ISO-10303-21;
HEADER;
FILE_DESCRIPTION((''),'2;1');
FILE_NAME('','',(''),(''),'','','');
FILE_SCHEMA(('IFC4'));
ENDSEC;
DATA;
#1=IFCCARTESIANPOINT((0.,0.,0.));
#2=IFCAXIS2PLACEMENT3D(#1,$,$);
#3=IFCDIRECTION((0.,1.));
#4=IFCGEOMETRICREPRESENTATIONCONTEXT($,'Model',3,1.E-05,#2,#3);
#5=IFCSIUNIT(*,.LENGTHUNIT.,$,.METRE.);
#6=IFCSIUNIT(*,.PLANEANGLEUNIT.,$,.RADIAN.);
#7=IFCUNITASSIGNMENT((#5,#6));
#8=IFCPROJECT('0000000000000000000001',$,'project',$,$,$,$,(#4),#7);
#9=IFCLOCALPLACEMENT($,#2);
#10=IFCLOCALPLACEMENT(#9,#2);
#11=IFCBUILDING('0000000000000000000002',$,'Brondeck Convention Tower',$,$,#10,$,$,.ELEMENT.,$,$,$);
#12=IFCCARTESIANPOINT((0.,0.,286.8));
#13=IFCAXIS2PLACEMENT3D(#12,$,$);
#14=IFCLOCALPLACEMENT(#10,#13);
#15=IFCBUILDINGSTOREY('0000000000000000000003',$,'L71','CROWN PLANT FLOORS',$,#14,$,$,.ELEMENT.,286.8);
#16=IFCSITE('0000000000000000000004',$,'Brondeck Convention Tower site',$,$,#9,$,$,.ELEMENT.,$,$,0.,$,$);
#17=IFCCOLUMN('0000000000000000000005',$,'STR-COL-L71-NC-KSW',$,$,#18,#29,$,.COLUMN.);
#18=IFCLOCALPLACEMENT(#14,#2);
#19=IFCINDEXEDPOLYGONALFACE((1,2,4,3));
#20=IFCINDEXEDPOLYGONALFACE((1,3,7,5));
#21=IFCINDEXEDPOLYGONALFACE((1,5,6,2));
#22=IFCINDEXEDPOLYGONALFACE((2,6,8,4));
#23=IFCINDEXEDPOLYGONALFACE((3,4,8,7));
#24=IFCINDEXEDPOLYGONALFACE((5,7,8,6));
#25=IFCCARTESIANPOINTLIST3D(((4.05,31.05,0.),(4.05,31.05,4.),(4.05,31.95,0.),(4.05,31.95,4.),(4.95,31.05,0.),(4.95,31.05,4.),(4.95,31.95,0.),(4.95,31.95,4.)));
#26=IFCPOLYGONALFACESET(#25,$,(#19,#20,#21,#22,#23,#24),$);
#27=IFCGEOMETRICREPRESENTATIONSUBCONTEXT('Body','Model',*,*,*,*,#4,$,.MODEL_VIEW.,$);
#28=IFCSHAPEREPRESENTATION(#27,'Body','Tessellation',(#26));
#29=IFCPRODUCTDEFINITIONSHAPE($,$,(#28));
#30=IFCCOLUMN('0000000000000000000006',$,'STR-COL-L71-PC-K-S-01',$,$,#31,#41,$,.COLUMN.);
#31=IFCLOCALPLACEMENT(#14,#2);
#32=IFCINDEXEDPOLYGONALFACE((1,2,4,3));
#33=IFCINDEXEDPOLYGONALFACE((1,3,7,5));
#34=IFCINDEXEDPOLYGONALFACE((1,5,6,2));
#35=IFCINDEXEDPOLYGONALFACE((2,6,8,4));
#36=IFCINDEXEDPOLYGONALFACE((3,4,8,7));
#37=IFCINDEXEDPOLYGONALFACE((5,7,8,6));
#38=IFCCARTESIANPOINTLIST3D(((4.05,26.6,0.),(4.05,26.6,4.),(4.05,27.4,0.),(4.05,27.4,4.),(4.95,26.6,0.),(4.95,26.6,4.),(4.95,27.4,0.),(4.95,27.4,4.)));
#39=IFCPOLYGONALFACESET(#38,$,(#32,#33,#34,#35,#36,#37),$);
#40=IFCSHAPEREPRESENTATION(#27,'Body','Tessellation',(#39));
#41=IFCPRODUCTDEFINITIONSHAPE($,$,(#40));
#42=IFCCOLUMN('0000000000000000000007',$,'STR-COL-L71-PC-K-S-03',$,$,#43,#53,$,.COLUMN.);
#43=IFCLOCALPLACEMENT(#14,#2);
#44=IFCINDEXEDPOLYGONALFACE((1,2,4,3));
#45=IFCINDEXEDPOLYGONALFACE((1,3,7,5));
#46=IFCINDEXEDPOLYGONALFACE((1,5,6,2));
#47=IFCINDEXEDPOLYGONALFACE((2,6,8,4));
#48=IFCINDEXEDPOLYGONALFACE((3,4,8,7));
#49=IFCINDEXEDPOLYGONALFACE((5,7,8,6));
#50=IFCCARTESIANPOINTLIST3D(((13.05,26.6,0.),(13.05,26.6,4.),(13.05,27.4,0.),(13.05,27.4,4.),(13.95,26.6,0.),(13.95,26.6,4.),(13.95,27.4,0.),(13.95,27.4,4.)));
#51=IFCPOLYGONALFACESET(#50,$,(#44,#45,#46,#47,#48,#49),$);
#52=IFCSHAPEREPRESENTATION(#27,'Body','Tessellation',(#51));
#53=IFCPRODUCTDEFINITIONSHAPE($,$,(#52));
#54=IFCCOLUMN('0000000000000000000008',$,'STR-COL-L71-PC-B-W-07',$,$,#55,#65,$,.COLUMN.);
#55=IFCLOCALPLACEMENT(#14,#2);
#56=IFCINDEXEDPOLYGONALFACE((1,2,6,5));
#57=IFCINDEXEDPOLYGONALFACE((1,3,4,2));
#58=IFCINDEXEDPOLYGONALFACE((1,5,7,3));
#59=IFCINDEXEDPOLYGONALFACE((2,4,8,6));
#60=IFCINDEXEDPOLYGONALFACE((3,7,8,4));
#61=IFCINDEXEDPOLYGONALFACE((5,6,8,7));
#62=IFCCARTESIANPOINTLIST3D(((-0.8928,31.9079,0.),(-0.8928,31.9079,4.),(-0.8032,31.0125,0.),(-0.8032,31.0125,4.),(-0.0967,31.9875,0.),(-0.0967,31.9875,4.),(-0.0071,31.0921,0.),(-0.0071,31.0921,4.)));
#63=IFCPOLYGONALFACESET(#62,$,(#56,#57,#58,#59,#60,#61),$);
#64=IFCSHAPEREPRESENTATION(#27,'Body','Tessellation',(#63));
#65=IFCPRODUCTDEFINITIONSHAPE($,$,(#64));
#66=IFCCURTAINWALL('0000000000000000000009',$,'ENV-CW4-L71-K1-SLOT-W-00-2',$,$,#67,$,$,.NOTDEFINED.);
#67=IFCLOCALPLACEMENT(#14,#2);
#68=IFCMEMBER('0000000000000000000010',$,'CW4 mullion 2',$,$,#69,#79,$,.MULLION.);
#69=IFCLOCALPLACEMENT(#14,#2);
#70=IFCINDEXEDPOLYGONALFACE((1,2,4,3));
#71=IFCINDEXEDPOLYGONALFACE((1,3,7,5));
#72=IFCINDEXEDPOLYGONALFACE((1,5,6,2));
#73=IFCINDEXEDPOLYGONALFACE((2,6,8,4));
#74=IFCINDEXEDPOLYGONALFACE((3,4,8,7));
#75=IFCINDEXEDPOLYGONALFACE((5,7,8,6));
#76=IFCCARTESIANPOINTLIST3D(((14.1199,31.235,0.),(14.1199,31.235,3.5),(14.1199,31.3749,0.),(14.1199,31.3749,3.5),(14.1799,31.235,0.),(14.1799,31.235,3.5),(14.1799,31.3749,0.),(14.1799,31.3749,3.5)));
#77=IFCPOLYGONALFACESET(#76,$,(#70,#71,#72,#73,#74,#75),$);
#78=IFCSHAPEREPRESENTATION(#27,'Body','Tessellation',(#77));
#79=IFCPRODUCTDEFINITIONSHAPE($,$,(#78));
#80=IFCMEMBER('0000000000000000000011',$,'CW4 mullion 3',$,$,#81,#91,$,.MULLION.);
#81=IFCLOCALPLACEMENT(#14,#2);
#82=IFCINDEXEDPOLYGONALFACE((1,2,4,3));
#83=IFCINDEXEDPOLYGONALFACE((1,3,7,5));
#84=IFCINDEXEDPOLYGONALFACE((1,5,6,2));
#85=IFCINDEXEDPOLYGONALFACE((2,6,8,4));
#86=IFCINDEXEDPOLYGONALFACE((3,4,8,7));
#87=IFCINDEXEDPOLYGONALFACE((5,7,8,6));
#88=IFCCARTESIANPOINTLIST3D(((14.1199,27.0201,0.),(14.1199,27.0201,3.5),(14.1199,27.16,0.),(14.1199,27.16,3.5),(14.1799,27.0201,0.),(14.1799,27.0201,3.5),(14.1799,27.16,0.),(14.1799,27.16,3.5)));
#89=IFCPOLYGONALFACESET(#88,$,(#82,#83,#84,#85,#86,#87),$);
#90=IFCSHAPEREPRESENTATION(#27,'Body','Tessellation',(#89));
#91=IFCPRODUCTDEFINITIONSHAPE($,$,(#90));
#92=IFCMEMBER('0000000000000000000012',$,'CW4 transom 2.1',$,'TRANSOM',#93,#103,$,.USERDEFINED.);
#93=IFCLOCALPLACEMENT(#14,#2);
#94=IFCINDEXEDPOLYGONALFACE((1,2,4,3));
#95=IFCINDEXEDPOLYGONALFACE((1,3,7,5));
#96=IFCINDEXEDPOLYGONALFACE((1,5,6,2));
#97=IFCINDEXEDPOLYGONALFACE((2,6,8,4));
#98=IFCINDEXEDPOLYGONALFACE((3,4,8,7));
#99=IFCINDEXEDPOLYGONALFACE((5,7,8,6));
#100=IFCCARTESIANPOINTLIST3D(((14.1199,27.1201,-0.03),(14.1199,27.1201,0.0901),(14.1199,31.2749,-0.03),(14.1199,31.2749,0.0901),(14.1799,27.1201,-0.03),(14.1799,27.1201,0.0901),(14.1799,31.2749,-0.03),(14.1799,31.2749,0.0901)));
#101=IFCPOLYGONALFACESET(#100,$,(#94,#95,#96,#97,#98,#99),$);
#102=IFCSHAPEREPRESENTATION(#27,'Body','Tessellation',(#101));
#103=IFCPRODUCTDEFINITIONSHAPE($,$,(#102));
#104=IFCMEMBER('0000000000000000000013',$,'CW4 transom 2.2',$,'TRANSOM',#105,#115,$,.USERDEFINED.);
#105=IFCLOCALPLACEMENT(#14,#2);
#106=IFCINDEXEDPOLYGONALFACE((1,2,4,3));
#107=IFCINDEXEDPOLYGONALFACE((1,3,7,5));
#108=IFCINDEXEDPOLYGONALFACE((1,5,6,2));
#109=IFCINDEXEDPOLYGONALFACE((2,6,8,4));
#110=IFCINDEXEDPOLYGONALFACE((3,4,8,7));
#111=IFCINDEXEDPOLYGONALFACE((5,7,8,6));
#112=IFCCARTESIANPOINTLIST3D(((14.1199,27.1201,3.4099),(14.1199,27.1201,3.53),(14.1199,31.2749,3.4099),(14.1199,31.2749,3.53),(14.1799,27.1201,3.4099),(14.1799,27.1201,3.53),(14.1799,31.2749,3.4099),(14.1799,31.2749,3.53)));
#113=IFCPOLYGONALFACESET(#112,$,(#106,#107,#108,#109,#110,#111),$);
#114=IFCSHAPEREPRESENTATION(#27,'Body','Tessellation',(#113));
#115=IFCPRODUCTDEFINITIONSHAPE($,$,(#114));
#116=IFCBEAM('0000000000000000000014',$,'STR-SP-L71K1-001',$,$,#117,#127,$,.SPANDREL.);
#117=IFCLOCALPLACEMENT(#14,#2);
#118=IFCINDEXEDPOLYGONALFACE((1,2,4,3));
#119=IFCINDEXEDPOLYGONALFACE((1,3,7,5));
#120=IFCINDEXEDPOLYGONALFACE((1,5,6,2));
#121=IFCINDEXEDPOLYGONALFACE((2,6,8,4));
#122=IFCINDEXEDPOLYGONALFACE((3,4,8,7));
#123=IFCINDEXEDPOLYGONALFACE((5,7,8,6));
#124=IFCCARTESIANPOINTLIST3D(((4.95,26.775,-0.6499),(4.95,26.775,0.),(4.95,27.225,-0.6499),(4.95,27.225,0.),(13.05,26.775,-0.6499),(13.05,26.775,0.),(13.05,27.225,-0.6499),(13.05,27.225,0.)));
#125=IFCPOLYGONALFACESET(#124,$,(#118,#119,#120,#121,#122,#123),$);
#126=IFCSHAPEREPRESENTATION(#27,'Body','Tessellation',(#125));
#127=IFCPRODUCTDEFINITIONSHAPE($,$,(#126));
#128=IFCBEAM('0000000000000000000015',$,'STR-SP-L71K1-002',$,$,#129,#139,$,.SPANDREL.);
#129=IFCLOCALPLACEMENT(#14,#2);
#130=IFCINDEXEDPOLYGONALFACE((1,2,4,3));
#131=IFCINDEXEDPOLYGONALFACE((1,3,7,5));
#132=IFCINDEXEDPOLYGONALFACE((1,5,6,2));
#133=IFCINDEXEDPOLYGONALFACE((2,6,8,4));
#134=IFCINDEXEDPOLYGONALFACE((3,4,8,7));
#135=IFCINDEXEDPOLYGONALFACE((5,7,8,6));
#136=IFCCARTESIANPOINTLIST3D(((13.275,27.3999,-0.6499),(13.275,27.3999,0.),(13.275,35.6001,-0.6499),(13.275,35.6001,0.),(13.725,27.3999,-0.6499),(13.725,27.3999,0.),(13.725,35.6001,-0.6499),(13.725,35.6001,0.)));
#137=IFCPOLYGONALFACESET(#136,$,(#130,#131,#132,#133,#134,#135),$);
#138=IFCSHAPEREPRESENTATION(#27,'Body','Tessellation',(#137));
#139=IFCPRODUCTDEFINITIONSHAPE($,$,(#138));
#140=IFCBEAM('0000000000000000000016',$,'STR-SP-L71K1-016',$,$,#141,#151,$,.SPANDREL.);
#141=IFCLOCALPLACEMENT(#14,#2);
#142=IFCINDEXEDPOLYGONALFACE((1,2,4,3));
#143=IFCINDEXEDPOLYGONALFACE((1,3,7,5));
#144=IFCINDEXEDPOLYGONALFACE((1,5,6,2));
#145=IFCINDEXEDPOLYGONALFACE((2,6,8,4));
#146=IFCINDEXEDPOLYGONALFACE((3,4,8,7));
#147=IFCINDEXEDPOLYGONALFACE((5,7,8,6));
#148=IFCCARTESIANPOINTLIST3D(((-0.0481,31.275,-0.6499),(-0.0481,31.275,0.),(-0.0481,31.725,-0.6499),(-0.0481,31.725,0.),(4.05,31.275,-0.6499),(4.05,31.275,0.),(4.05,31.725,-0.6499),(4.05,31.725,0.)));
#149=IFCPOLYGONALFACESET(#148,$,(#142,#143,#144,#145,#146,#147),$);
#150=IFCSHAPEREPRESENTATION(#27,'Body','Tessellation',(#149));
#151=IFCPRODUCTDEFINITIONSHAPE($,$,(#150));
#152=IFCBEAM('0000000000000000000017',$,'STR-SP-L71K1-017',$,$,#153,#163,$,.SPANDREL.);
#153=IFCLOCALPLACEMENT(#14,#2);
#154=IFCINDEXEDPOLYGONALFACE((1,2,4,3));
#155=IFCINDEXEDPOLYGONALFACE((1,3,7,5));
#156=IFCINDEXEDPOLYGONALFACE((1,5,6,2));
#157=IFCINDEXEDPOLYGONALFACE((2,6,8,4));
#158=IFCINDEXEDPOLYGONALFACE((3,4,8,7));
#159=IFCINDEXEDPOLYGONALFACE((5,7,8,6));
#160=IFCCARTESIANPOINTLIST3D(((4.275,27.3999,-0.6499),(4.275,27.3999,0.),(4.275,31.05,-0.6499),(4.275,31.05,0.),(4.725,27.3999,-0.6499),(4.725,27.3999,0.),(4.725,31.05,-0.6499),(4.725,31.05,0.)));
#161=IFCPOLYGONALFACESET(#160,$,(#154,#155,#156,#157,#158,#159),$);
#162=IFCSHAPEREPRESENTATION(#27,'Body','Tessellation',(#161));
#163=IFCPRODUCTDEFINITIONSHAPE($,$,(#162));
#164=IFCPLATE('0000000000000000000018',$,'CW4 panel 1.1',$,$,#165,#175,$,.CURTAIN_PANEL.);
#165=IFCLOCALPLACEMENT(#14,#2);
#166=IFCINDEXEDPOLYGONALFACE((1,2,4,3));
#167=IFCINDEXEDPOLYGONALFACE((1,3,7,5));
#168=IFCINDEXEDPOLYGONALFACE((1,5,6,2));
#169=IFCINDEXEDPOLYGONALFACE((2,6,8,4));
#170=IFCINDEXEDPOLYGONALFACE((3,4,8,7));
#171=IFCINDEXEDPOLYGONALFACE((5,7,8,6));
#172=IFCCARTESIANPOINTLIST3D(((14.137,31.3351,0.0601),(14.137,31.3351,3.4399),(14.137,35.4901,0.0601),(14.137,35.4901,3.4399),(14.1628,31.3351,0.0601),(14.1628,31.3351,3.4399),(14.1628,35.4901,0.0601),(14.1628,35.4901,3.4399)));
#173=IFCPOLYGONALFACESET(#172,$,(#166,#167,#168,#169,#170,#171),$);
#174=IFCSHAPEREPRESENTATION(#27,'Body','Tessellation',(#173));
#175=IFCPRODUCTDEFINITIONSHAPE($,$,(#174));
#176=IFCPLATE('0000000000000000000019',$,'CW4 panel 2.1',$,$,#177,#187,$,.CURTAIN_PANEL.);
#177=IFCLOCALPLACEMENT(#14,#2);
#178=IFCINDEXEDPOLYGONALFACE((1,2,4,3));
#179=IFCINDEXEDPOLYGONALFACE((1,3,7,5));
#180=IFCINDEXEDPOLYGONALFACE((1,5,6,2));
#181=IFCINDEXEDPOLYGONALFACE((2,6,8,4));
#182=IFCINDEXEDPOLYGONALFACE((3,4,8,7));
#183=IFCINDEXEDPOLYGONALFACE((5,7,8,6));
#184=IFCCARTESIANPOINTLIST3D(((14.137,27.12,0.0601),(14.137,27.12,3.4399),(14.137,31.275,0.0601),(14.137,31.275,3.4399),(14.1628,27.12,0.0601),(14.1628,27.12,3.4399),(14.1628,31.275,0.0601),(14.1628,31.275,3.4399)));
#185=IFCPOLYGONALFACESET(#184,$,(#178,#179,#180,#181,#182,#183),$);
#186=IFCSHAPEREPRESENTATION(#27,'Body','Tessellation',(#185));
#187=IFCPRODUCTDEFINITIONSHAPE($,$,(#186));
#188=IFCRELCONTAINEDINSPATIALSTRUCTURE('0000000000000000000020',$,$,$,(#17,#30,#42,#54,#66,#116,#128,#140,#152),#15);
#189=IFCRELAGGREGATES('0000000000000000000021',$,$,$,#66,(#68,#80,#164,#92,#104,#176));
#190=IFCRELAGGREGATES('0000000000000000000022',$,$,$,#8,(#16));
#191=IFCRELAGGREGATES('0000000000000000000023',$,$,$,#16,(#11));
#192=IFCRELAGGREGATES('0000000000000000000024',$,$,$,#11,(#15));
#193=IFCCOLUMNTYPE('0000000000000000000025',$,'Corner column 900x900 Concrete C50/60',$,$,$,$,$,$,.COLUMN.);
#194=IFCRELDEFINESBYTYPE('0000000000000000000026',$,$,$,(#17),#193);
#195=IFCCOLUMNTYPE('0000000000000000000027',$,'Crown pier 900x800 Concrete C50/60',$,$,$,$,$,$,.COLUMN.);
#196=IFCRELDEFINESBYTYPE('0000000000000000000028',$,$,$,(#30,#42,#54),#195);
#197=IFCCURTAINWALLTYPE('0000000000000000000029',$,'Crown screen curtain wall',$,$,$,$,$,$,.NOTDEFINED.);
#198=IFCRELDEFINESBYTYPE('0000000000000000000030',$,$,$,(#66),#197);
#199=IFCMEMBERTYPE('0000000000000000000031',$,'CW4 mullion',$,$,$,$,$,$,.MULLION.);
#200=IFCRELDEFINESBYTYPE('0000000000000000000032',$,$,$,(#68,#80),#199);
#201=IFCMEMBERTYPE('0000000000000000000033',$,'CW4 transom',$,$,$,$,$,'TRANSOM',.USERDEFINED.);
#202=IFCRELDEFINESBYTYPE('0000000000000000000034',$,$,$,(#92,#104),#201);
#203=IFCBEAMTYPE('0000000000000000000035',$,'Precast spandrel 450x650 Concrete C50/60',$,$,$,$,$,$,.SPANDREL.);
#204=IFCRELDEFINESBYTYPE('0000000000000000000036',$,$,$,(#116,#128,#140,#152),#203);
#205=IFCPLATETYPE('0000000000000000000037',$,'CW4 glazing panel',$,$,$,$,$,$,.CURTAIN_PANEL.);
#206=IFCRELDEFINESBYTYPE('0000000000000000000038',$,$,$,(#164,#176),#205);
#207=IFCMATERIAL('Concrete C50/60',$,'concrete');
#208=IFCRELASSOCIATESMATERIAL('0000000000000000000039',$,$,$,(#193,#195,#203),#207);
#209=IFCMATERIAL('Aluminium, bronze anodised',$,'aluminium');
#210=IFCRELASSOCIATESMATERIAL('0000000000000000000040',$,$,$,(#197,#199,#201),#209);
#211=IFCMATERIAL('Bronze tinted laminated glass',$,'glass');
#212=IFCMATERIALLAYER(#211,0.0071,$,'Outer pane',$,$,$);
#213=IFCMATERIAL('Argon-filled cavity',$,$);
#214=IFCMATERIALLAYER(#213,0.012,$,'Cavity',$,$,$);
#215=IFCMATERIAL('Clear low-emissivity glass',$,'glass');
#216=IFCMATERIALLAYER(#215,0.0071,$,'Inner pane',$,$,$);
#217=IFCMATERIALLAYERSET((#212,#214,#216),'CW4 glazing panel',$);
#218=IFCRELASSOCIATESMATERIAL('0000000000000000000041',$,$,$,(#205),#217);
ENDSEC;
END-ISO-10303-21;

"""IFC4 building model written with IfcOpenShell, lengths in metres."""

from ifc_helpers import new_model, si_unit, direction, frame, origin, origin_2d, place, context, subcontext, project, spatial, rectangle, extrude, material, layer, layer_set, material_profile, profile_set, type_object, element, aggregate, save


model = new_model("IFC4")

# Units and contexts
model_context = context("Model", 3, precision=1e-05, world=origin(), true_north=direction((0.0, 1.0)))
body_context = subcontext(model_context, "Body", "Model", "MODEL_VIEW")
ifc_project = project(units=[si_unit("LENGTHUNIT", "METRE"), si_unit("PLANEANGLEUNIT", "RADIAN")], contexts=[model_context])

# Site, building, storey
site_placement = place(None, origin())
site = spatial("IfcSite", under=ifc_project, at=site_placement, Name="Brondeck Convention Tower site", CompositionType="ELEMENT", RefElevation=0.0)
building_placement = place(site_placement, origin())
building = spatial("IfcBuilding", under=site, at=building_placement, Name="Brondeck Convention Tower", CompositionType="ELEMENT")
storey_placement = place(building_placement, frame((0.0, 0.0, 286.8)))
storey = spatial("IfcBuildingStorey", under=building, at=storey_placement, Name="L71", Description="CROWN PLANT FLOORS", CompositionType="ELEMENT", Elevation=286.8)

# Columns
ifc_material_1 = material(Name="Concrete C50/60", Category="concrete")
ifc_material_profile_1 = material_profile(ifc_material_1, rectangle(XDim=0.8999, YDim=0.8999, at=origin_2d()), Name="Corner column 900x900 Concrete C50/60")
ifc_profile_set_1 = profile_set([ifc_material_profile_1], Name="Concrete C50/60")
column_type_1 = type_object("IfcColumnType", Name="Corner column 900x900 Concrete C50/60", PredefinedType="COLUMN", material=ifc_profile_set_1)
column_placement = place(storey_placement, frame((4.5, 31.5, 0.0), z_axis=(0.0, 0.0, 1.0), x_axis=(1.0, 0.0, 0.0)))
element("IfcColumn", 1, at=column_placement, inside=storey, type_object=column_type_1, Name="STR-COL-L71-NC-KSW", PredefinedType="COLUMN", context=body_context, shape_type="SweptSolid", body=[
    extrude(rectangle(XDim=0.8999, YDim=0.8999, at=origin_2d()), origin(), (0.0, 0.0, 1.0), 4.0),
])
ifc_material_profile_2 = material_profile(ifc_material_1, rectangle(XDim=0.8999, YDim=0.8, at=origin_2d()), Name="Crown pier 900x800 Concrete C50/60")
ifc_profile_set_2 = profile_set([ifc_material_profile_2], Name="Concrete C50/60")
column_type_2 = type_object("IfcColumnType", Name="Crown pier 900x800 Concrete C50/60", PredefinedType="COLUMN", material=ifc_profile_set_2)
for number, where, z_axis, x_axis, name in (
    (2, (4.5, 27.0, 0.0), (0.0, 0.0, 1.0), (1.0, 0.0, 0.0), "STR-COL-L71-PC-K-S-01"),
    (3, (13.5, 27.0, 0.0), (0.0, 0.0, 1.0), (1.0, 0.0, 0.0), "STR-COL-L71-PC-K-S-03"),
    (4, (-0.45, 31.5, 0.0), (0.0, 0.0, 1.0), (0.099504, -0.995037, 0.0), "STR-COL-L71-PC-B-W-07"),
):
    element("IfcColumn", number, at=place(storey_placement, frame(where, z_axis=z_axis, x_axis=x_axis)), inside=storey, type_object=column_type_2, Name=name, PredefinedType="COLUMN", context=body_context, shape_type="SweptSolid", body=[
        extrude(rectangle(XDim=0.8999, YDim=0.8, at=origin_2d()), origin(), (0.0, 0.0, 1.0), 4.0),
    ])

# Curtain wall, members
ifc_material_2 = material(Name="Aluminium, bronze anodised", Category="aluminium")
curtain_wall_type = type_object("IfcCurtainWallType", Name="Crown screen curtain wall", PredefinedType="NOTDEFINED", material=ifc_material_2)
curtain_wall_placement = place(storey_placement, origin())
curtain_wall = element("IfcCurtainWall", 5, at=curtain_wall_placement, inside=storey, type_object=curtain_wall_type, Name="ENV-CW4-L71-K1-SLOT-W-00-2", PredefinedType="NOTDEFINED")
ifc_material_profile_3 = material_profile(ifc_material_2, rectangle(XDim=0.0601, YDim=0.1399, at=origin_2d()), Name="CW4 mullion")
ifc_profile_set_3 = profile_set([ifc_material_profile_3], Name="Aluminium, bronze anodised")
member_type_1 = type_object("IfcMemberType", Name="CW4 mullion", PredefinedType="MULLION", material=ifc_profile_set_3)
member_1_placement = place(storey_placement, frame((14.1499, 31.3049, 0.0), z_axis=(0.0, 0.0, 1.0), x_axis=(1.0, 0.0, 0.0)))
member_1 = element("IfcMember", 6, at=member_1_placement, type_object=member_type_1, Name="CW4 mullion 2", PredefinedType="MULLION", context=body_context, shape_type="SweptSolid", body=[
    extrude(rectangle(XDim=0.0601, YDim=0.1399, at=origin_2d()), origin(), (0.0, 0.0, 1.0), 3.5),
])
member_2_placement = place(storey_placement, frame((14.1499, 27.0901, 0.0), z_axis=(0.0, 0.0, 1.0), x_axis=(1.0, 0.0, 0.0)))
member_2 = element("IfcMember", 7, at=member_2_placement, type_object=member_type_1, Name="CW4 mullion 3", PredefinedType="MULLION", context=body_context, shape_type="SweptSolid", body=[
    extrude(rectangle(XDim=0.0601, YDim=0.1399, at=origin_2d()), origin(), (0.0, 0.0, 1.0), 3.5),
])
ifc_material_profile_4 = material_profile(ifc_material_2, rectangle(XDim=0.0601, YDim=0.1201, at=origin_2d()), Name="CW4 transom")
ifc_profile_set_4 = profile_set([ifc_material_profile_4], Name="Aluminium, bronze anodised")
member_type_2 = type_object("IfcMemberType", Name="CW4 transom", ElementType="TRANSOM", PredefinedType="USERDEFINED", material=ifc_profile_set_4)
member_3_placement = place(storey_placement, frame((14.1499, 31.2749, 0.03), z_axis=(0.0, -1.0, 0.0), x_axis=(1.0, 0.0, 0.0)))
member_3 = element("IfcMember", 8, at=member_3_placement, type_object=member_type_2, Name="CW4 transom 2.1", ObjectType="TRANSOM", PredefinedType="USERDEFINED", context=body_context, shape_type="SweptSolid", body=[
    extrude(rectangle(XDim=0.0601, YDim=0.1201, at=origin_2d()), origin(), (0.0, 0.0, 1.0), 4.1548),
])
member_4_placement = place(storey_placement, frame((14.1499, 31.2749, 3.47), z_axis=(0.0, -1.0, 0.0), x_axis=(1.0, 0.0, 0.0)))
member_4 = element("IfcMember", 9, at=member_4_placement, type_object=member_type_2, Name="CW4 transom 2.2", ObjectType="TRANSOM", PredefinedType="USERDEFINED", context=body_context, shape_type="SweptSolid", body=[
    extrude(rectangle(XDim=0.0601, YDim=0.1201, at=origin_2d()), origin(), (0.0, 0.0, 1.0), 4.1548),
])

# Beams
ifc_material_profile_5 = material_profile(ifc_material_1, rectangle(XDim=0.45, YDim=0.6499, at=origin_2d()), Name="Precast spandrel 450x650 Concrete C50/60")
ifc_profile_set_5 = profile_set([ifc_material_profile_5], Name="Concrete C50/60")
beam_type = type_object("IfcBeamType", Name="Precast spandrel 450x650 Concrete C50/60", PredefinedType="SPANDREL", material=ifc_profile_set_5)
beam_1_placement = place(storey_placement, frame((4.95, 27.0, -0.325), z_axis=(1.0, 0.0, 0.0), x_axis=(0.0, 1.0, 0.0)))
element("IfcBeam", 10, at=beam_1_placement, inside=storey, type_object=beam_type, Name="STR-SP-L71K1-001", PredefinedType="SPANDREL", context=body_context, shape_type="SweptSolid", body=[
    extrude(rectangle(XDim=0.45, YDim=0.6499, at=origin_2d()), origin(), (0.0, 0.0, 1.0), 8.1001),
])
beam_2_placement = place(storey_placement, frame((13.5, 27.3999, -0.325), z_axis=(0.0, 1.0, 0.0), x_axis=(-1.0, 0.0, 0.0)))
element("IfcBeam", 11, at=beam_2_placement, inside=storey, type_object=beam_type, Name="STR-SP-L71K1-002", PredefinedType="SPANDREL", context=body_context, shape_type="SweptSolid", body=[
    extrude(rectangle(XDim=0.45, YDim=0.6499, at=origin_2d()), origin(), (0.0, 0.0, 1.0), 8.2002),
])
beam_3_placement = place(storey_placement, frame((-0.0481, 31.5, -0.325), z_axis=(1.0, 0.0, 0.0), x_axis=(0.0, 1.0, 0.0)))
element("IfcBeam", 12, at=beam_3_placement, inside=storey, type_object=beam_type, Name="STR-SP-L71K1-016", PredefinedType="SPANDREL", context=body_context, shape_type="SweptSolid", body=[
    extrude(rectangle(XDim=0.45, YDim=0.6499, at=origin_2d()), origin(), (0.0, 0.0, 1.0), 4.0981),
])
beam_4_placement = place(storey_placement, frame((4.5, 31.05, -0.325), z_axis=(0.0, -1.0, 0.0), x_axis=(1.0, 0.0, 0.0)))
element("IfcBeam", 13, at=beam_4_placement, inside=storey, type_object=beam_type, Name="STR-SP-L71K1-017", PredefinedType="SPANDREL", context=body_context, shape_type="SweptSolid", body=[
    extrude(rectangle(XDim=0.45, YDim=0.6499, at=origin_2d()), origin(), (0.0, 0.0, 1.0), 3.6501),
])

# Plates
ifc_material_3 = material(Name="Bronze tinted laminated glass", Category="glass")
ifc_layer_1 = layer(ifc_material_3, 0.0071, Name="Outer pane")
ifc_material_4 = material(Name="Argon-filled cavity")
ifc_layer_2 = layer(ifc_material_4, 0.012, Name="Cavity")
ifc_material_5 = material(Name="Clear low-emissivity glass", Category="glass")
ifc_layer_3 = layer(ifc_material_5, 0.0071, Name="Inner pane")
ifc_layer_set_1 = layer_set([ifc_layer_1, ifc_layer_2, ifc_layer_3], Name="CW4 glazing panel")
plate_type = type_object("IfcPlateType", Name="CW4 glazing panel", PredefinedType="CURTAIN_PANEL", material=ifc_layer_set_1)
plate_1_placement = place(storey_placement, frame((14.1499, 33.4126, 0.0601), z_axis=(0.0, 0.0, 1.0), x_axis=(0.0, -1.0, 0.0)))
plate_1 = element("IfcPlate", 14, at=plate_1_placement, type_object=plate_type, Name="CW4 panel 1.1", PredefinedType="CURTAIN_PANEL", context=body_context, shape_type="SweptSolid", body=[
    extrude(rectangle(XDim=4.155, YDim=0.0259, at=origin_2d()), origin(), (0.0, 0.0, 1.0), 3.3799),
])
plate_2_placement = place(storey_placement, frame((14.1499, 29.1975, 0.0601), z_axis=(0.0, 0.0, 1.0), x_axis=(0.0, -1.0, 0.0)))
plate_2 = element("IfcPlate", 15, at=plate_2_placement, type_object=plate_type, Name="CW4 panel 2.1", PredefinedType="CURTAIN_PANEL", context=body_context, shape_type="SweptSolid", body=[
    extrude(rectangle(XDim=4.155, YDim=0.0259, at=origin_2d()), origin(), (0.0, 0.0, 1.0), 3.3799),
])
aggregate(curtain_wall, [member_1, member_2, plate_1, member_3, member_4, plate_2])

save(model, "model.ifc")
